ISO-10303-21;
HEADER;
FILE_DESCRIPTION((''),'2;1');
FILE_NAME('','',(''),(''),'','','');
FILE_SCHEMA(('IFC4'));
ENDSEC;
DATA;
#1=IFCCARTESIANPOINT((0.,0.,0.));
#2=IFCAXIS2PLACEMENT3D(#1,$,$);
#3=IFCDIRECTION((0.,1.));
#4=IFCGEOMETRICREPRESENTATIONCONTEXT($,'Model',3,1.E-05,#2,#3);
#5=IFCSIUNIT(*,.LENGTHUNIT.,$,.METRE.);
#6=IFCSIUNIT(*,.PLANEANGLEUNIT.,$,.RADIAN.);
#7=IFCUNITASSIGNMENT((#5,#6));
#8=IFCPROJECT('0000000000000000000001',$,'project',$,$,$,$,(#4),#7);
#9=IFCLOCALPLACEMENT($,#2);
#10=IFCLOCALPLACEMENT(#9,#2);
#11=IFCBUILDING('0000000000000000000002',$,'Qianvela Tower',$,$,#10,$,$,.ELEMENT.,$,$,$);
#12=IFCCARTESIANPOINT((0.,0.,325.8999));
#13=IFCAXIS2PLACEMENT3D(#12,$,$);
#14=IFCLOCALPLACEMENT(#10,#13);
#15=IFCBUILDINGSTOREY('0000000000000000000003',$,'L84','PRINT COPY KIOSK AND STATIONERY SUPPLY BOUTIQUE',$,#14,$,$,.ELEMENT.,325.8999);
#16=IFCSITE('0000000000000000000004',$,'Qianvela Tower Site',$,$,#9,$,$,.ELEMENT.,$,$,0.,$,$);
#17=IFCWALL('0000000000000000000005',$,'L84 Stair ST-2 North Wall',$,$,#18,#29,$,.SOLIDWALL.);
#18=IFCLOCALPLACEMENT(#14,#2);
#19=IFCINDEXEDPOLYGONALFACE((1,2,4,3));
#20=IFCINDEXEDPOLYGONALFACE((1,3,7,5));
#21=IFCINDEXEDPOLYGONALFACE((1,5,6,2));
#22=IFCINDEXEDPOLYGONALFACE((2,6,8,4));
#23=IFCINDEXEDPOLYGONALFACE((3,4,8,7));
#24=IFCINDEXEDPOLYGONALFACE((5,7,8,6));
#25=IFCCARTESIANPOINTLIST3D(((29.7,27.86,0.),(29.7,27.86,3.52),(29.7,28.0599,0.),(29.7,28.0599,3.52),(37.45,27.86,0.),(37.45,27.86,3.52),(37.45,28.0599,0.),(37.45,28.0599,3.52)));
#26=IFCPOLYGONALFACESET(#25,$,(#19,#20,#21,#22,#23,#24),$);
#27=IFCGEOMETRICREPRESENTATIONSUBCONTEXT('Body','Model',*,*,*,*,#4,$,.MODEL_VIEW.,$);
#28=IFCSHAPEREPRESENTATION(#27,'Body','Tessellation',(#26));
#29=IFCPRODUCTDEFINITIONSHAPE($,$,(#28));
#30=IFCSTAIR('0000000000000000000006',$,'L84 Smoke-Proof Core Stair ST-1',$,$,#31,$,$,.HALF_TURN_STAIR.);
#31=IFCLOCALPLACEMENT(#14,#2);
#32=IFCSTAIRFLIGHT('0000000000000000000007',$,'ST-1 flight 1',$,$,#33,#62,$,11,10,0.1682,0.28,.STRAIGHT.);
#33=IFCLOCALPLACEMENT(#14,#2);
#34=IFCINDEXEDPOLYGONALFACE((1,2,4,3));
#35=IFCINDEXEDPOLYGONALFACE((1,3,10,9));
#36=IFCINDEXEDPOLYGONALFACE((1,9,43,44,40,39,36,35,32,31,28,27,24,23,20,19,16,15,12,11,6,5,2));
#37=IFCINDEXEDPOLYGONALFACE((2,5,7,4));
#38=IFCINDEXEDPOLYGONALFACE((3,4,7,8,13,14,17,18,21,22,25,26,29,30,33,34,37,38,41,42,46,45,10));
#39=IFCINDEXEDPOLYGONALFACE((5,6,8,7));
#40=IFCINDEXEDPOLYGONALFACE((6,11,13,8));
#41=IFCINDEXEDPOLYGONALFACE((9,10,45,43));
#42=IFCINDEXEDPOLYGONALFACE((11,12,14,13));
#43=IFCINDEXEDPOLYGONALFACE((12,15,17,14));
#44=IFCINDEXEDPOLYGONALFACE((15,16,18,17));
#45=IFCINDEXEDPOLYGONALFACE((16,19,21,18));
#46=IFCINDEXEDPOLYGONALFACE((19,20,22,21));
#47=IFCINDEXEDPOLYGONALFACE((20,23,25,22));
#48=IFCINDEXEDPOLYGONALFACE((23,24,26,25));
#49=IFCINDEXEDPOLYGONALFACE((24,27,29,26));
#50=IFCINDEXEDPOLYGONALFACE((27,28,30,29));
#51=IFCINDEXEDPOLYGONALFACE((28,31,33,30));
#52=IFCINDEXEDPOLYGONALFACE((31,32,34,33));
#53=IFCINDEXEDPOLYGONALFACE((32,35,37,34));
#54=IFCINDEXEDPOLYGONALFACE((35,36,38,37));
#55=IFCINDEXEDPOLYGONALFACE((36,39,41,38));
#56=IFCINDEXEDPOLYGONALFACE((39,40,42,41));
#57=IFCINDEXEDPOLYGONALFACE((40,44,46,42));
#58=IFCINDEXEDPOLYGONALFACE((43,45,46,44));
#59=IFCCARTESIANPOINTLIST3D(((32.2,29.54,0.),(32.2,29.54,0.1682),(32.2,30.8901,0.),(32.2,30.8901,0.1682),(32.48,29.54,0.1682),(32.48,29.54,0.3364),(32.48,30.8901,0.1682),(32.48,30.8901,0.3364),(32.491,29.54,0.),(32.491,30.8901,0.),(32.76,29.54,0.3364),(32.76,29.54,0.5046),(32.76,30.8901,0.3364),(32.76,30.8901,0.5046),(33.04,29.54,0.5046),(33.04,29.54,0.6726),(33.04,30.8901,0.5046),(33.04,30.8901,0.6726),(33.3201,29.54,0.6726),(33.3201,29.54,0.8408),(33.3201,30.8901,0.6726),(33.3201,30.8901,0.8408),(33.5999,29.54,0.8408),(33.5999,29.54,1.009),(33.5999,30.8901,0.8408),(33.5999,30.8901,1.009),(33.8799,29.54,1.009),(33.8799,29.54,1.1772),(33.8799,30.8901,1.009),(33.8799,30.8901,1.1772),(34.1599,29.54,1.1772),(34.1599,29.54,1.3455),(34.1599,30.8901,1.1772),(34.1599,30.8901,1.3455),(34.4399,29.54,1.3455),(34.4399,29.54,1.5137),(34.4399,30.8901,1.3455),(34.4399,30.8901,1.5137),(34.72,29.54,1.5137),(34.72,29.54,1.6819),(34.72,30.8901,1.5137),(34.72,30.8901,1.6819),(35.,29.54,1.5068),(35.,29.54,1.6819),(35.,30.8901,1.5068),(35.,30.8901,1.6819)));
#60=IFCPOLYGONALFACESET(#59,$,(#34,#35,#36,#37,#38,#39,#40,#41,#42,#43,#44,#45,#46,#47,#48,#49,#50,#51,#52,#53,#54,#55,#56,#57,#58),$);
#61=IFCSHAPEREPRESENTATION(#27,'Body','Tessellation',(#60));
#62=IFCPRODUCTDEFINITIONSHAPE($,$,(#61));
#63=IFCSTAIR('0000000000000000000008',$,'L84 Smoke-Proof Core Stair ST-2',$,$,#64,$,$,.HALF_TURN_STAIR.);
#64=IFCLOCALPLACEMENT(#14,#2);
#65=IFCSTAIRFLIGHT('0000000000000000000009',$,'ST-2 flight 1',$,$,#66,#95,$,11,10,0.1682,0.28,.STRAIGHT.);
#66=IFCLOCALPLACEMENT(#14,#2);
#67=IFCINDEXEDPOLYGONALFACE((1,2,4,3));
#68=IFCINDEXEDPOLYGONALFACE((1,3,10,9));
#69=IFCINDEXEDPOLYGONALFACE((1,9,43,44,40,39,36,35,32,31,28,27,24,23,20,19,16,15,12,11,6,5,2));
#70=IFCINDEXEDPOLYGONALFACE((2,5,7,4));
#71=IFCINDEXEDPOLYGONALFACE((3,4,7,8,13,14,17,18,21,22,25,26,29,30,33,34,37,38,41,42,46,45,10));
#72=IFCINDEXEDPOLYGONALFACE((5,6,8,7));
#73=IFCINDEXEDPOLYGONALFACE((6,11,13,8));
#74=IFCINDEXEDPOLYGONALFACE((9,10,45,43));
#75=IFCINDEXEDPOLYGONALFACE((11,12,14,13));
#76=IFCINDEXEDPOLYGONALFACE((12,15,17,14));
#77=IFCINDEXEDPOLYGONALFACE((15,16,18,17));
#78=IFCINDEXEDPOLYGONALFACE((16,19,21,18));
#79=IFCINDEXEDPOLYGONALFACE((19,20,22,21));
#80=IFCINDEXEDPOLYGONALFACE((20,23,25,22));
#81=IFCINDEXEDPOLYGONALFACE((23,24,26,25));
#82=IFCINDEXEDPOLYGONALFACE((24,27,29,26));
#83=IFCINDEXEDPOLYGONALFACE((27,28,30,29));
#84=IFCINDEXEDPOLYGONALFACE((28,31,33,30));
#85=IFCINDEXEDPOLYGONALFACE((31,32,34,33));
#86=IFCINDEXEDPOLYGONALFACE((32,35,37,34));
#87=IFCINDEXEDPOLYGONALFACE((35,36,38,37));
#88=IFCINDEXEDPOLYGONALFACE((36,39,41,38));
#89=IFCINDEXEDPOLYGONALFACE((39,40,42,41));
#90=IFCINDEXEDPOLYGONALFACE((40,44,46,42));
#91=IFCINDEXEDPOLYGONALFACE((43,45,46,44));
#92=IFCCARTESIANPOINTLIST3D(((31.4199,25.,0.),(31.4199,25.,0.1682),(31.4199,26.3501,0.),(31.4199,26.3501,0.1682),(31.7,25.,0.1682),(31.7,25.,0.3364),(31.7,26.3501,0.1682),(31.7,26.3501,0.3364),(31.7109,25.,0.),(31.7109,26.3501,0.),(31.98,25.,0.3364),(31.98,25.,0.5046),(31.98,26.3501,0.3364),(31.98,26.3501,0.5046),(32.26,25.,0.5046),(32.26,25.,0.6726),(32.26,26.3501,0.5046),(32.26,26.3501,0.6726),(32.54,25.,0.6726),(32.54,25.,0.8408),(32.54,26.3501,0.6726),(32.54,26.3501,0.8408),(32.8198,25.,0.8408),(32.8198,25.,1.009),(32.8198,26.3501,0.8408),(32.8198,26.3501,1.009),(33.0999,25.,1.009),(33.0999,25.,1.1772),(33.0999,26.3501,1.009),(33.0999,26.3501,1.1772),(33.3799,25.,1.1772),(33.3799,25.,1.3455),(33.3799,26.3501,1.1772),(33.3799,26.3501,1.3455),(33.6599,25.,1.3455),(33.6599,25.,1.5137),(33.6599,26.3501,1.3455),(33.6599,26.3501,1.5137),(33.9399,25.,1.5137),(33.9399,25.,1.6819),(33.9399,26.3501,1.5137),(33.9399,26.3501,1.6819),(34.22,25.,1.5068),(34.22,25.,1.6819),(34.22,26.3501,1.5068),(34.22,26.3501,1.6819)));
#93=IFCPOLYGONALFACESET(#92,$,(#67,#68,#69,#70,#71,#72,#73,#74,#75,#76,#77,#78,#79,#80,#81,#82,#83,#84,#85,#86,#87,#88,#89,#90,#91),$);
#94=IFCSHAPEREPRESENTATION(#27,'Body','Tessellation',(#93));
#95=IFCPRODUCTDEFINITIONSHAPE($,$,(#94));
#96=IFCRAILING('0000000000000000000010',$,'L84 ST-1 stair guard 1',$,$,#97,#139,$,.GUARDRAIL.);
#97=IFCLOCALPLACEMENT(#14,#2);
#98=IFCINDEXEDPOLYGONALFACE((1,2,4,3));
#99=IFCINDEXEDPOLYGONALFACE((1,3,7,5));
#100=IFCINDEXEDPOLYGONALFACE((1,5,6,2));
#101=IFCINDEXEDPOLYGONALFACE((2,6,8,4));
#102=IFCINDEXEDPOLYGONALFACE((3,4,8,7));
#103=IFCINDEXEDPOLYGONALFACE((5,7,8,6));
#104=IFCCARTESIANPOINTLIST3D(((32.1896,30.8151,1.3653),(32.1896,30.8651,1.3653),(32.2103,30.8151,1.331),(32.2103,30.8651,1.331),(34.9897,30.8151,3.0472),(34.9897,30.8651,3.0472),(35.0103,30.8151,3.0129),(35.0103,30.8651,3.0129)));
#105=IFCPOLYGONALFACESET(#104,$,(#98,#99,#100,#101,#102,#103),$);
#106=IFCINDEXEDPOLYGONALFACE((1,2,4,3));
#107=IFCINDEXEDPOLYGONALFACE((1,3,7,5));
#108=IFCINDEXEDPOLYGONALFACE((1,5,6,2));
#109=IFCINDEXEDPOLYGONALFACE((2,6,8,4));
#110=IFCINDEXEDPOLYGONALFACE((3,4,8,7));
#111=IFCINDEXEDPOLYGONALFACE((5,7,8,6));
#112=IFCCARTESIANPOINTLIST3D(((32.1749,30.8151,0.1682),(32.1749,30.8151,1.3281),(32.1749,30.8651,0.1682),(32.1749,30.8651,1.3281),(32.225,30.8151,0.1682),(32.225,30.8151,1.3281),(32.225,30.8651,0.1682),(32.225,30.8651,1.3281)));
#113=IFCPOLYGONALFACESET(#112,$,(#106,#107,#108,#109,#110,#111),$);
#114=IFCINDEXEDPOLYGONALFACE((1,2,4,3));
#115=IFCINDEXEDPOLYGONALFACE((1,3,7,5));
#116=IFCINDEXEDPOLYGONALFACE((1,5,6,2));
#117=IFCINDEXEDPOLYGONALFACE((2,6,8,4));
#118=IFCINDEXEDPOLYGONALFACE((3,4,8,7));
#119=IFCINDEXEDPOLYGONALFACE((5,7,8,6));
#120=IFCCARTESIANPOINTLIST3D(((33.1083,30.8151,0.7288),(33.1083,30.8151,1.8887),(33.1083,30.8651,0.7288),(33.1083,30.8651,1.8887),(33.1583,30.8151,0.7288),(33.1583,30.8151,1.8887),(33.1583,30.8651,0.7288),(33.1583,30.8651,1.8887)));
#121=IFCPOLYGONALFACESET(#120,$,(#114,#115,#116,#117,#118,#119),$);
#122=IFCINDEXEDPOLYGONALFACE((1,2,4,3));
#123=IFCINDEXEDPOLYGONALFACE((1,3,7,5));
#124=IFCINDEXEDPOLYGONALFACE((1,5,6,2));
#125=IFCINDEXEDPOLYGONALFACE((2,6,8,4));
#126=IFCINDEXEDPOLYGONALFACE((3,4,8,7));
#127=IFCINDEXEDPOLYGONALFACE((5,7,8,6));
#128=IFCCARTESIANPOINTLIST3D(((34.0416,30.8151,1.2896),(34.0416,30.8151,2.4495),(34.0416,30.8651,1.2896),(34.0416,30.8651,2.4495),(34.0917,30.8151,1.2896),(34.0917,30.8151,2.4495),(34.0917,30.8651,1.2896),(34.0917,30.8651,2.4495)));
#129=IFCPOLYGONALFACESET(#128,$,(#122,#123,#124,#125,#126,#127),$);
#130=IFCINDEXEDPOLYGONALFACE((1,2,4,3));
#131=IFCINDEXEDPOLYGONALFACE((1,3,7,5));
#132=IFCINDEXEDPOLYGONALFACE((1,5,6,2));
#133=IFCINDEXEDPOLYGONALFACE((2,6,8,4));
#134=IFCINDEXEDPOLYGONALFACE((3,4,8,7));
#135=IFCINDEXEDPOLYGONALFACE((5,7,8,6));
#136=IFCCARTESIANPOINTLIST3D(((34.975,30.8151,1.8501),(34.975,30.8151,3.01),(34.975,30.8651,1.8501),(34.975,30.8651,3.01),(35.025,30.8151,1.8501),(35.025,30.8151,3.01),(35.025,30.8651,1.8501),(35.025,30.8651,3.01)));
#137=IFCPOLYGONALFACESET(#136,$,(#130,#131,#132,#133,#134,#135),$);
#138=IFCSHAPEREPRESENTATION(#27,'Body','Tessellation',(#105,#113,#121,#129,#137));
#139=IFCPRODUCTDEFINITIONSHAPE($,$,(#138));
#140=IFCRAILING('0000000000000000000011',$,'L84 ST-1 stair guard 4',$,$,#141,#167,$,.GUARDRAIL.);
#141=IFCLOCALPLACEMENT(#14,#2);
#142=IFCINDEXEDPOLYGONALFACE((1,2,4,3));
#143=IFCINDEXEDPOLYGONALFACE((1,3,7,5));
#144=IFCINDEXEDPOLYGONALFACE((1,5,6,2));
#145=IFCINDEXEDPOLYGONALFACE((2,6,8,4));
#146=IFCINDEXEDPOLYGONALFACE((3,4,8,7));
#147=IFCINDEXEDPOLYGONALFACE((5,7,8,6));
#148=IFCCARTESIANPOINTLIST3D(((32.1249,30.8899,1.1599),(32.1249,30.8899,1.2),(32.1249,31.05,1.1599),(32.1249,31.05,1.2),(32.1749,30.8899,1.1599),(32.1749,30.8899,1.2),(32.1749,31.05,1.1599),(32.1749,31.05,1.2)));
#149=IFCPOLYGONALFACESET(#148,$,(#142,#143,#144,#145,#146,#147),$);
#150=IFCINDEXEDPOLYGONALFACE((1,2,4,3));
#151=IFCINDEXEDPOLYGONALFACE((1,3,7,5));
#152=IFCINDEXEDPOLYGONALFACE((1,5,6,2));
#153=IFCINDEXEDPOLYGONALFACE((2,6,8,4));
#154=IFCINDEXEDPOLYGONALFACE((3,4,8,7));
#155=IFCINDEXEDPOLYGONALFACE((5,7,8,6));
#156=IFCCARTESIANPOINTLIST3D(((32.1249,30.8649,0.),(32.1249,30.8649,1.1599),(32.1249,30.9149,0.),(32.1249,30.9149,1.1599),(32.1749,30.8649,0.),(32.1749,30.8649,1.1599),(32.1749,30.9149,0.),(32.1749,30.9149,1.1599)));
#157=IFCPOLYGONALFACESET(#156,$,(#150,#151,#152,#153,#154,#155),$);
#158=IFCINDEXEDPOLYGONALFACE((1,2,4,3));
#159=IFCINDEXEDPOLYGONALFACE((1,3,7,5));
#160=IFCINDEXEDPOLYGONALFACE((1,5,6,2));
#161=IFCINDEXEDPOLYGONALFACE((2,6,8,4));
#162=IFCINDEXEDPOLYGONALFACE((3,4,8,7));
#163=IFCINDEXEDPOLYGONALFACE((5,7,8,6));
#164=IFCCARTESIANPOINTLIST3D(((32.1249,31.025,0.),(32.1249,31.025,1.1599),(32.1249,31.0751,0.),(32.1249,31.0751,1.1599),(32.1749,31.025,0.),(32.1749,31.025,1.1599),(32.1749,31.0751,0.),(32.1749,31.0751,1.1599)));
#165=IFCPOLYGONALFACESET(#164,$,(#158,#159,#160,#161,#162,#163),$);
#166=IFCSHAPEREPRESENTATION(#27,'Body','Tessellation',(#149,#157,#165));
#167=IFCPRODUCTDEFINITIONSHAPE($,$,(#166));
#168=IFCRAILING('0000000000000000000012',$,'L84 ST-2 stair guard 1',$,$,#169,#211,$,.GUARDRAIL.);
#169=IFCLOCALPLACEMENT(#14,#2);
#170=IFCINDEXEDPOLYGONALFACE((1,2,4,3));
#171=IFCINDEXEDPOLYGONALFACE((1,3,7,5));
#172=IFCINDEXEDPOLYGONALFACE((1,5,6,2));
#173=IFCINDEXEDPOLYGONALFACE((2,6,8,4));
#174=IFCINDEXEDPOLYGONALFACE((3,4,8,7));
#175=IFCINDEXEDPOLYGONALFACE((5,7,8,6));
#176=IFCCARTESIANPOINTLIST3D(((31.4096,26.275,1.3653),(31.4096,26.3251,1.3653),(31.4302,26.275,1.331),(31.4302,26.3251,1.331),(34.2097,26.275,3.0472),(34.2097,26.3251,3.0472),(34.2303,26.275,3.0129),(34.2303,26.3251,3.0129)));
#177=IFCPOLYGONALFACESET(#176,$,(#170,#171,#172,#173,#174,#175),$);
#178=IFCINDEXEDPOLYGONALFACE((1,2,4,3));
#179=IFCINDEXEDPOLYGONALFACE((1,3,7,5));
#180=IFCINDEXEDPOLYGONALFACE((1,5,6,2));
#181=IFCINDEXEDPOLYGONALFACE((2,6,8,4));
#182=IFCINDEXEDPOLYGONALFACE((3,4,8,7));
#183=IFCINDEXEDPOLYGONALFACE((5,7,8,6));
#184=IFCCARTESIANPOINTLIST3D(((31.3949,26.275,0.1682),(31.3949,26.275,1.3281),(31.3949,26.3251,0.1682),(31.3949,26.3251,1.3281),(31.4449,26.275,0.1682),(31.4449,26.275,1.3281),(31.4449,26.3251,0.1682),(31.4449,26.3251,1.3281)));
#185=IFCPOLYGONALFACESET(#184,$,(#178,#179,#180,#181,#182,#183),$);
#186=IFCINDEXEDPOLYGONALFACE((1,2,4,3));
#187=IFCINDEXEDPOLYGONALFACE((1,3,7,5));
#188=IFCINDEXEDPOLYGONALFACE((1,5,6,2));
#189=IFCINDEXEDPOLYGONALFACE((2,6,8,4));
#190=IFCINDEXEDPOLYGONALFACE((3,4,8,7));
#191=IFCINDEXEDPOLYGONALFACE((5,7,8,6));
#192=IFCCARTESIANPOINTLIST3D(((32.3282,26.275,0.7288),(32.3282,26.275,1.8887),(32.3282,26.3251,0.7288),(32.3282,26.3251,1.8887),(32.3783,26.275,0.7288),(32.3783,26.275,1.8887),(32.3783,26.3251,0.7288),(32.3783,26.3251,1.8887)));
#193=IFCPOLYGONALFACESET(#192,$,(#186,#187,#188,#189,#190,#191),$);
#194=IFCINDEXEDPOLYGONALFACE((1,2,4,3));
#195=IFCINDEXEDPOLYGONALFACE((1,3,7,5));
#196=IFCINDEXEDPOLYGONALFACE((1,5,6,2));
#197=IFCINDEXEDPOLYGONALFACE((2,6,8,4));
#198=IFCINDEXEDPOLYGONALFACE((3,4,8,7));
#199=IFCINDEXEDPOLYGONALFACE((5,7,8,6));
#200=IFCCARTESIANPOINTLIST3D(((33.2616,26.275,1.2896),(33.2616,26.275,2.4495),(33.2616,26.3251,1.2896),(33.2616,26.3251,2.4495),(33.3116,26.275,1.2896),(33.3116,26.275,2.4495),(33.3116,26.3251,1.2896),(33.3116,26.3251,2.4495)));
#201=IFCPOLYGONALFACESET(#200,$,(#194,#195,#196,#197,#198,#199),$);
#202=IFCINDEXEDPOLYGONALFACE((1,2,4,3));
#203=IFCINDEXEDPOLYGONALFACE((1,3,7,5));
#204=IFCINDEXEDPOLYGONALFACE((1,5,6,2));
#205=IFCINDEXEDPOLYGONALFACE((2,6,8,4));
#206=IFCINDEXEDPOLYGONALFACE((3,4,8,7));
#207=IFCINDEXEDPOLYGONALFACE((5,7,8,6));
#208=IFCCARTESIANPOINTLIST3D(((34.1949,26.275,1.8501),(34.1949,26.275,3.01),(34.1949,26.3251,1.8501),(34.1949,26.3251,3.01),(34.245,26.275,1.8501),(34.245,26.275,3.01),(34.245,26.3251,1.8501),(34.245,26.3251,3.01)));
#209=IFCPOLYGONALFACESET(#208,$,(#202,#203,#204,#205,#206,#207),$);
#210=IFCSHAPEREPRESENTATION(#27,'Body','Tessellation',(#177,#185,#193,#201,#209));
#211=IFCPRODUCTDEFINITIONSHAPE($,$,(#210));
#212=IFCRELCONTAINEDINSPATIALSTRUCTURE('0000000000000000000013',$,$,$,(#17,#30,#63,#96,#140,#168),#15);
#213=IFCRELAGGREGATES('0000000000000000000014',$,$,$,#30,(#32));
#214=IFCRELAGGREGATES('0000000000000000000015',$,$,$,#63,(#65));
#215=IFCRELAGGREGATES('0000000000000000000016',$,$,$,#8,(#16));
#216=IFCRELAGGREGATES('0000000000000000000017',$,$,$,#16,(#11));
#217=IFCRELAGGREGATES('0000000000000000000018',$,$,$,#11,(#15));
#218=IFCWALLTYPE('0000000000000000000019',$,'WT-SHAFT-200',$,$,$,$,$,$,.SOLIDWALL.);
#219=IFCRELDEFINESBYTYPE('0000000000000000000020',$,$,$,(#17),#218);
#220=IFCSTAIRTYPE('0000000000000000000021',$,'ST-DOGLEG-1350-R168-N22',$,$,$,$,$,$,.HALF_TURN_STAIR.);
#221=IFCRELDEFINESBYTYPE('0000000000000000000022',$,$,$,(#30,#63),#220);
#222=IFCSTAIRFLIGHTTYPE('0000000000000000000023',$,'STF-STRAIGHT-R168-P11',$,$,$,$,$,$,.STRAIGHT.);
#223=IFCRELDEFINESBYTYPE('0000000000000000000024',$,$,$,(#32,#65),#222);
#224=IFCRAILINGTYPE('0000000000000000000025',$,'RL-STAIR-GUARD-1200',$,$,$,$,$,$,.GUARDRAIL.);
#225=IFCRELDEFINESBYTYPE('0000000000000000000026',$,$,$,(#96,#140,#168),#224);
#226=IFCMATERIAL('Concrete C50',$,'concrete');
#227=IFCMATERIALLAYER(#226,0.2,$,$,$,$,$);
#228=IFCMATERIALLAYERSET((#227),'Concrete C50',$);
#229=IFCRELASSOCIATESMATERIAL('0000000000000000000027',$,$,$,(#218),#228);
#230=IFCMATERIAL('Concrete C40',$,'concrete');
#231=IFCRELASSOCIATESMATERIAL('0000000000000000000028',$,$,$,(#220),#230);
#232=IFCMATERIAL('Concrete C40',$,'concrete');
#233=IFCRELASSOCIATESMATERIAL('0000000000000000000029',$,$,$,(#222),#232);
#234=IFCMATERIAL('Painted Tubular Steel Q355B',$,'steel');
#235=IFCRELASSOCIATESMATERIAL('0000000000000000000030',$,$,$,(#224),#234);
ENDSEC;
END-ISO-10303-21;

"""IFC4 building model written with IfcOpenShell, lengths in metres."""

from ifc_helpers import new_model, si_unit, direction, frame, frame_2d, origin, origin_2d, place, context, subcontext, project, spatial, polyline, rectangle, outline, extrude, material, layer, layer_set, type_object, element, aggregate, save


model = new_model("IFC4")

# Units and contexts
model_context = context("Model", 3, precision=1e-05, world=origin(), true_north=direction((0.0, 1.0)))
body_context = subcontext(model_context, "Body", "Model", "MODEL_VIEW")
ifc_project = project(units=[si_unit("LENGTHUNIT", "METRE"), si_unit("PLANEANGLEUNIT", "RADIAN")], contexts=[model_context])

# Site, building, storey
site_placement = place(None, origin())
site = spatial("IfcSite", under=ifc_project, at=site_placement, Name="Qianvela Tower Site", CompositionType="ELEMENT", RefElevation=0.0)
building_placement = place(site_placement, origin())
building = spatial("IfcBuilding", under=site, at=building_placement, Name="Qianvela Tower", CompositionType="ELEMENT")
storey_placement = place(building_placement, frame((0.0, 0.0, 325.8999)))
storey = spatial("IfcBuildingStorey", under=building, at=storey_placement, Name="L84", Description="PRINT COPY KIOSK AND STATIONERY SUPPLY BOUTIQUE", CompositionType="ELEMENT", Elevation=325.8999)

# Wall
ifc_material_1 = material(Name="Concrete C50", Category="concrete")
ifc_layer_1 = layer(ifc_material_1, 0.2)
ifc_layer_set_1 = layer_set([ifc_layer_1], Name="Concrete C50")
wall_type_1 = type_object("IfcWallType", Name="WT-SHAFT-200", PredefinedType="SOLIDWALL", material=ifc_layer_set_1)
wall_1_placement = place(storey_placement, frame((29.7, 27.96, 0.0), z_axis=(0.0, 0.0, 1.0), x_axis=(1.0, 0.0, 0.0)))
element("IfcWall", 1, at=wall_1_placement, inside=storey, type_object=wall_type_1, Name="L84 Stair ST-2 North Wall", PredefinedType="SOLIDWALL", context=body_context, shape_type="SweptSolid", body=[
    extrude(rectangle(XDim=7.75, YDim=0.2, at=frame_2d((3.875, 0.0))), origin(), (0.0, 0.0, 1.0), 3.52),
])

# Stairs, stair flights
ifc_material_2 = material(Name="Concrete C40", Category="concrete")
stair_type = type_object("IfcStairType", Name="ST-DOGLEG-1350-R168-N22", PredefinedType="HALF_TURN_STAIR", material=ifc_material_2)
stair_1_placement = place(storey_placement, origin())
stair_1 = element("IfcStair", 2, at=stair_1_placement, inside=storey, type_object=stair_type, Name="L84 Smoke-Proof Core Stair ST-1", PredefinedType="HALF_TURN_STAIR")
ifc_material_3 = material(Name="Concrete C40", Category="concrete")
stair_flight_type = type_object("IfcStairFlightType", Name="STF-STRAIGHT-R168-P11", PredefinedType="STRAIGHT", material=ifc_material_3)
stair_flight_1_placement = place(storey_placement, frame((32.2, 30.2151, 0.0), z_axis=(0.0, 0.0, 1.0), x_axis=(1.0, 0.0, 0.0)))
stair_flight_1 = element("IfcStairFlight", 3, at=stair_flight_1_placement, type_object=stair_flight_type, Name="ST-1 flight 1", NumberOfRisers=11, NumberOfTreads=10, PredefinedType="STRAIGHT", RiserHeight=0.1682, TreadLength=0.28, context=body_context, shape_type="SweptSolid", body=[
    extrude(outline(polyline([(0.0, 0.0), (0.0, 0.1682), (0.28, 0.1682), (0.28, 0.3364), (0.5601, 0.3364), (0.5601, 0.5046), (0.8401, 0.5046), (0.8401, 0.6726), (1.1201, 0.6726), (1.1201, 0.8408), (1.3999, 0.8408), (1.3999, 1.009), (1.6799, 1.009), (1.6799, 1.1772), (1.96, 1.1772), (1.96, 1.3455), (2.24, 1.3455), (2.24, 1.5137), (2.52, 1.5137), (2.52, 1.6819), (2.8, 1.6819), (2.8, 1.8501), (2.8, 1.5068), (0.291, 0.0), (0.0, 0.0)])), frame((0.0, 0.675, 0.0), z_axis=(0.0, -1.0, 0.0), x_axis=(1.0, 0.0, 0.0)), (0.0, 0.0, 1.0), 1.3501),
])
aggregate(stair_1, [stair_flight_1])
stair_2_placement = place(storey_placement, origin())
stair_2 = element("IfcStair", 4, at=stair_2_placement, inside=storey, type_object=stair_type, Name="L84 Smoke-Proof Core Stair ST-2", PredefinedType="HALF_TURN_STAIR")
stair_flight_2_placement = place(storey_placement, frame((31.4199, 25.675, 0.0), z_axis=(0.0, 0.0, 1.0), x_axis=(1.0, 0.0, 0.0)))
stair_flight_2 = element("IfcStairFlight", 5, at=stair_flight_2_placement, type_object=stair_flight_type, Name="ST-2 flight 1", NumberOfRisers=11, NumberOfTreads=10, PredefinedType="STRAIGHT", RiserHeight=0.1682, TreadLength=0.28, context=body_context, shape_type="SweptSolid", body=[
    extrude(outline(polyline([(0.0, 0.0), (0.0, 0.1682), (0.28, 0.1682), (0.28, 0.3364), (0.5601, 0.3364), (0.5601, 0.5046), (0.8401, 0.5046), (0.8401, 0.6726), (1.1201, 0.6726), (1.1201, 0.8408), (1.3999, 0.8408), (1.3999, 1.009), (1.6799, 1.009), (1.6799, 1.1772), (1.96, 1.1772), (1.96, 1.3455), (2.24, 1.3455), (2.24, 1.5137), (2.52, 1.5137), (2.52, 1.6819), (2.8, 1.6819), (2.8, 1.8501), (2.8, 1.5068), (0.291, 0.0), (0.0, 0.0)])), frame((0.0, 0.675, 0.0), z_axis=(0.0, -1.0, 0.0), x_axis=(1.0, 0.0, 0.0)), (0.0, 0.0, 1.0), 1.3501),
])
aggregate(stair_2, [stair_flight_2])

# Railings
ifc_material_4 = material(Name="Painted Tubular Steel Q355B", Category="steel")
railing_type_1 = type_object("IfcRailingType", Name="RL-STAIR-GUARD-1200", PredefinedType="GUARDRAIL", material=ifc_material_4)
railing_1_placement = place(storey_placement, frame((32.2, 30.8401, 0.1682)))
element("IfcRailing", 6, at=railing_1_placement, inside=storey, type_object=railing_type_1, Name="L84 ST-1 stair guard 1", PredefinedType="GUARDRAIL", context=body_context, shape_type="SweptSolid", body=[
    extrude(rectangle(XDim=0.05, YDim=0.04, at=origin_2d()), frame((0.0, 0.0, 1.1799), z_axis=(0.857242, 0.0, 0.514913), x_axis=(0.0, 1.0, 0.0)), (0.0, 0.0, 1.0), 3.2664),
    extrude(rectangle(XDim=0.05, YDim=0.05, at=origin_2d()), origin(), (0.0, 0.0, 1.0), 1.1599),
    extrude(rectangle(XDim=0.05, YDim=0.05, at=origin_2d()), frame((0.9333, 0.0, 0.5605)), (0.0, 0.0, 1.0), 1.1599),
    extrude(rectangle(XDim=0.05, YDim=0.05, at=origin_2d()), frame((1.8667, 0.0, 1.1213)), (0.0, 0.0, 1.0), 1.1599),
    extrude(rectangle(XDim=0.05, YDim=0.05, at=origin_2d()), frame((2.8, 0.0, 1.6819)), (0.0, 0.0, 1.0), 1.1599),
])
railing_2_placement = place(storey_placement, frame((32.1499, 30.8899, 0.0)))
element("IfcRailing", 7, at=railing_2_placement, inside=storey, type_object=railing_type_1, Name="L84 ST-1 stair guard 4", PredefinedType="GUARDRAIL", context=body_context, shape_type="SweptSolid", body=[
    extrude(rectangle(XDim=0.05, YDim=0.04, at=origin_2d()), frame((0.0, 0.0, 1.1799), z_axis=(0.0, 1.0, 0.0), x_axis=(-1.0, 0.0, 0.0)), (0.0, 0.0, 1.0), 0.1602),
    extrude(rectangle(XDim=0.05, YDim=0.05, at=origin_2d()), origin(), (0.0, 0.0, 1.0), 1.1599),
    extrude(rectangle(XDim=0.05, YDim=0.05, at=origin_2d()), frame((0.0, 0.1602, 0.0)), (0.0, 0.0, 1.0), 1.1599),
])
railing_3_placement = place(storey_placement, frame((31.4199, 26.3, 0.1682)))
element("IfcRailing", 8, at=railing_3_placement, inside=storey, type_object=railing_type_1, Name="L84 ST-2 stair guard 1", PredefinedType="GUARDRAIL", context=body_context, shape_type="SweptSolid", body=[
    extrude(rectangle(XDim=0.05, YDim=0.04, at=origin_2d()), frame((0.0, 0.0, 1.1799), z_axis=(0.857242, 0.0, 0.514913), x_axis=(0.0, 1.0, 0.0)), (0.0, 0.0, 1.0), 3.2664),
    extrude(rectangle(XDim=0.05, YDim=0.05, at=origin_2d()), origin(), (0.0, 0.0, 1.0), 1.1599),
    extrude(rectangle(XDim=0.05, YDim=0.05, at=origin_2d()), frame((0.9333, 0.0, 0.5605)), (0.0, 0.0, 1.0), 1.1599),
    extrude(rectangle(XDim=0.05, YDim=0.05, at=origin_2d()), frame((1.8667, 0.0, 1.1213)), (0.0, 0.0, 1.0), 1.1599),
    extrude(rectangle(XDim=0.05, YDim=0.05, at=origin_2d()), frame((2.8, 0.0, 1.6819)), (0.0, 0.0, 1.0), 1.1599),
])

save(model, "model.ifc")
